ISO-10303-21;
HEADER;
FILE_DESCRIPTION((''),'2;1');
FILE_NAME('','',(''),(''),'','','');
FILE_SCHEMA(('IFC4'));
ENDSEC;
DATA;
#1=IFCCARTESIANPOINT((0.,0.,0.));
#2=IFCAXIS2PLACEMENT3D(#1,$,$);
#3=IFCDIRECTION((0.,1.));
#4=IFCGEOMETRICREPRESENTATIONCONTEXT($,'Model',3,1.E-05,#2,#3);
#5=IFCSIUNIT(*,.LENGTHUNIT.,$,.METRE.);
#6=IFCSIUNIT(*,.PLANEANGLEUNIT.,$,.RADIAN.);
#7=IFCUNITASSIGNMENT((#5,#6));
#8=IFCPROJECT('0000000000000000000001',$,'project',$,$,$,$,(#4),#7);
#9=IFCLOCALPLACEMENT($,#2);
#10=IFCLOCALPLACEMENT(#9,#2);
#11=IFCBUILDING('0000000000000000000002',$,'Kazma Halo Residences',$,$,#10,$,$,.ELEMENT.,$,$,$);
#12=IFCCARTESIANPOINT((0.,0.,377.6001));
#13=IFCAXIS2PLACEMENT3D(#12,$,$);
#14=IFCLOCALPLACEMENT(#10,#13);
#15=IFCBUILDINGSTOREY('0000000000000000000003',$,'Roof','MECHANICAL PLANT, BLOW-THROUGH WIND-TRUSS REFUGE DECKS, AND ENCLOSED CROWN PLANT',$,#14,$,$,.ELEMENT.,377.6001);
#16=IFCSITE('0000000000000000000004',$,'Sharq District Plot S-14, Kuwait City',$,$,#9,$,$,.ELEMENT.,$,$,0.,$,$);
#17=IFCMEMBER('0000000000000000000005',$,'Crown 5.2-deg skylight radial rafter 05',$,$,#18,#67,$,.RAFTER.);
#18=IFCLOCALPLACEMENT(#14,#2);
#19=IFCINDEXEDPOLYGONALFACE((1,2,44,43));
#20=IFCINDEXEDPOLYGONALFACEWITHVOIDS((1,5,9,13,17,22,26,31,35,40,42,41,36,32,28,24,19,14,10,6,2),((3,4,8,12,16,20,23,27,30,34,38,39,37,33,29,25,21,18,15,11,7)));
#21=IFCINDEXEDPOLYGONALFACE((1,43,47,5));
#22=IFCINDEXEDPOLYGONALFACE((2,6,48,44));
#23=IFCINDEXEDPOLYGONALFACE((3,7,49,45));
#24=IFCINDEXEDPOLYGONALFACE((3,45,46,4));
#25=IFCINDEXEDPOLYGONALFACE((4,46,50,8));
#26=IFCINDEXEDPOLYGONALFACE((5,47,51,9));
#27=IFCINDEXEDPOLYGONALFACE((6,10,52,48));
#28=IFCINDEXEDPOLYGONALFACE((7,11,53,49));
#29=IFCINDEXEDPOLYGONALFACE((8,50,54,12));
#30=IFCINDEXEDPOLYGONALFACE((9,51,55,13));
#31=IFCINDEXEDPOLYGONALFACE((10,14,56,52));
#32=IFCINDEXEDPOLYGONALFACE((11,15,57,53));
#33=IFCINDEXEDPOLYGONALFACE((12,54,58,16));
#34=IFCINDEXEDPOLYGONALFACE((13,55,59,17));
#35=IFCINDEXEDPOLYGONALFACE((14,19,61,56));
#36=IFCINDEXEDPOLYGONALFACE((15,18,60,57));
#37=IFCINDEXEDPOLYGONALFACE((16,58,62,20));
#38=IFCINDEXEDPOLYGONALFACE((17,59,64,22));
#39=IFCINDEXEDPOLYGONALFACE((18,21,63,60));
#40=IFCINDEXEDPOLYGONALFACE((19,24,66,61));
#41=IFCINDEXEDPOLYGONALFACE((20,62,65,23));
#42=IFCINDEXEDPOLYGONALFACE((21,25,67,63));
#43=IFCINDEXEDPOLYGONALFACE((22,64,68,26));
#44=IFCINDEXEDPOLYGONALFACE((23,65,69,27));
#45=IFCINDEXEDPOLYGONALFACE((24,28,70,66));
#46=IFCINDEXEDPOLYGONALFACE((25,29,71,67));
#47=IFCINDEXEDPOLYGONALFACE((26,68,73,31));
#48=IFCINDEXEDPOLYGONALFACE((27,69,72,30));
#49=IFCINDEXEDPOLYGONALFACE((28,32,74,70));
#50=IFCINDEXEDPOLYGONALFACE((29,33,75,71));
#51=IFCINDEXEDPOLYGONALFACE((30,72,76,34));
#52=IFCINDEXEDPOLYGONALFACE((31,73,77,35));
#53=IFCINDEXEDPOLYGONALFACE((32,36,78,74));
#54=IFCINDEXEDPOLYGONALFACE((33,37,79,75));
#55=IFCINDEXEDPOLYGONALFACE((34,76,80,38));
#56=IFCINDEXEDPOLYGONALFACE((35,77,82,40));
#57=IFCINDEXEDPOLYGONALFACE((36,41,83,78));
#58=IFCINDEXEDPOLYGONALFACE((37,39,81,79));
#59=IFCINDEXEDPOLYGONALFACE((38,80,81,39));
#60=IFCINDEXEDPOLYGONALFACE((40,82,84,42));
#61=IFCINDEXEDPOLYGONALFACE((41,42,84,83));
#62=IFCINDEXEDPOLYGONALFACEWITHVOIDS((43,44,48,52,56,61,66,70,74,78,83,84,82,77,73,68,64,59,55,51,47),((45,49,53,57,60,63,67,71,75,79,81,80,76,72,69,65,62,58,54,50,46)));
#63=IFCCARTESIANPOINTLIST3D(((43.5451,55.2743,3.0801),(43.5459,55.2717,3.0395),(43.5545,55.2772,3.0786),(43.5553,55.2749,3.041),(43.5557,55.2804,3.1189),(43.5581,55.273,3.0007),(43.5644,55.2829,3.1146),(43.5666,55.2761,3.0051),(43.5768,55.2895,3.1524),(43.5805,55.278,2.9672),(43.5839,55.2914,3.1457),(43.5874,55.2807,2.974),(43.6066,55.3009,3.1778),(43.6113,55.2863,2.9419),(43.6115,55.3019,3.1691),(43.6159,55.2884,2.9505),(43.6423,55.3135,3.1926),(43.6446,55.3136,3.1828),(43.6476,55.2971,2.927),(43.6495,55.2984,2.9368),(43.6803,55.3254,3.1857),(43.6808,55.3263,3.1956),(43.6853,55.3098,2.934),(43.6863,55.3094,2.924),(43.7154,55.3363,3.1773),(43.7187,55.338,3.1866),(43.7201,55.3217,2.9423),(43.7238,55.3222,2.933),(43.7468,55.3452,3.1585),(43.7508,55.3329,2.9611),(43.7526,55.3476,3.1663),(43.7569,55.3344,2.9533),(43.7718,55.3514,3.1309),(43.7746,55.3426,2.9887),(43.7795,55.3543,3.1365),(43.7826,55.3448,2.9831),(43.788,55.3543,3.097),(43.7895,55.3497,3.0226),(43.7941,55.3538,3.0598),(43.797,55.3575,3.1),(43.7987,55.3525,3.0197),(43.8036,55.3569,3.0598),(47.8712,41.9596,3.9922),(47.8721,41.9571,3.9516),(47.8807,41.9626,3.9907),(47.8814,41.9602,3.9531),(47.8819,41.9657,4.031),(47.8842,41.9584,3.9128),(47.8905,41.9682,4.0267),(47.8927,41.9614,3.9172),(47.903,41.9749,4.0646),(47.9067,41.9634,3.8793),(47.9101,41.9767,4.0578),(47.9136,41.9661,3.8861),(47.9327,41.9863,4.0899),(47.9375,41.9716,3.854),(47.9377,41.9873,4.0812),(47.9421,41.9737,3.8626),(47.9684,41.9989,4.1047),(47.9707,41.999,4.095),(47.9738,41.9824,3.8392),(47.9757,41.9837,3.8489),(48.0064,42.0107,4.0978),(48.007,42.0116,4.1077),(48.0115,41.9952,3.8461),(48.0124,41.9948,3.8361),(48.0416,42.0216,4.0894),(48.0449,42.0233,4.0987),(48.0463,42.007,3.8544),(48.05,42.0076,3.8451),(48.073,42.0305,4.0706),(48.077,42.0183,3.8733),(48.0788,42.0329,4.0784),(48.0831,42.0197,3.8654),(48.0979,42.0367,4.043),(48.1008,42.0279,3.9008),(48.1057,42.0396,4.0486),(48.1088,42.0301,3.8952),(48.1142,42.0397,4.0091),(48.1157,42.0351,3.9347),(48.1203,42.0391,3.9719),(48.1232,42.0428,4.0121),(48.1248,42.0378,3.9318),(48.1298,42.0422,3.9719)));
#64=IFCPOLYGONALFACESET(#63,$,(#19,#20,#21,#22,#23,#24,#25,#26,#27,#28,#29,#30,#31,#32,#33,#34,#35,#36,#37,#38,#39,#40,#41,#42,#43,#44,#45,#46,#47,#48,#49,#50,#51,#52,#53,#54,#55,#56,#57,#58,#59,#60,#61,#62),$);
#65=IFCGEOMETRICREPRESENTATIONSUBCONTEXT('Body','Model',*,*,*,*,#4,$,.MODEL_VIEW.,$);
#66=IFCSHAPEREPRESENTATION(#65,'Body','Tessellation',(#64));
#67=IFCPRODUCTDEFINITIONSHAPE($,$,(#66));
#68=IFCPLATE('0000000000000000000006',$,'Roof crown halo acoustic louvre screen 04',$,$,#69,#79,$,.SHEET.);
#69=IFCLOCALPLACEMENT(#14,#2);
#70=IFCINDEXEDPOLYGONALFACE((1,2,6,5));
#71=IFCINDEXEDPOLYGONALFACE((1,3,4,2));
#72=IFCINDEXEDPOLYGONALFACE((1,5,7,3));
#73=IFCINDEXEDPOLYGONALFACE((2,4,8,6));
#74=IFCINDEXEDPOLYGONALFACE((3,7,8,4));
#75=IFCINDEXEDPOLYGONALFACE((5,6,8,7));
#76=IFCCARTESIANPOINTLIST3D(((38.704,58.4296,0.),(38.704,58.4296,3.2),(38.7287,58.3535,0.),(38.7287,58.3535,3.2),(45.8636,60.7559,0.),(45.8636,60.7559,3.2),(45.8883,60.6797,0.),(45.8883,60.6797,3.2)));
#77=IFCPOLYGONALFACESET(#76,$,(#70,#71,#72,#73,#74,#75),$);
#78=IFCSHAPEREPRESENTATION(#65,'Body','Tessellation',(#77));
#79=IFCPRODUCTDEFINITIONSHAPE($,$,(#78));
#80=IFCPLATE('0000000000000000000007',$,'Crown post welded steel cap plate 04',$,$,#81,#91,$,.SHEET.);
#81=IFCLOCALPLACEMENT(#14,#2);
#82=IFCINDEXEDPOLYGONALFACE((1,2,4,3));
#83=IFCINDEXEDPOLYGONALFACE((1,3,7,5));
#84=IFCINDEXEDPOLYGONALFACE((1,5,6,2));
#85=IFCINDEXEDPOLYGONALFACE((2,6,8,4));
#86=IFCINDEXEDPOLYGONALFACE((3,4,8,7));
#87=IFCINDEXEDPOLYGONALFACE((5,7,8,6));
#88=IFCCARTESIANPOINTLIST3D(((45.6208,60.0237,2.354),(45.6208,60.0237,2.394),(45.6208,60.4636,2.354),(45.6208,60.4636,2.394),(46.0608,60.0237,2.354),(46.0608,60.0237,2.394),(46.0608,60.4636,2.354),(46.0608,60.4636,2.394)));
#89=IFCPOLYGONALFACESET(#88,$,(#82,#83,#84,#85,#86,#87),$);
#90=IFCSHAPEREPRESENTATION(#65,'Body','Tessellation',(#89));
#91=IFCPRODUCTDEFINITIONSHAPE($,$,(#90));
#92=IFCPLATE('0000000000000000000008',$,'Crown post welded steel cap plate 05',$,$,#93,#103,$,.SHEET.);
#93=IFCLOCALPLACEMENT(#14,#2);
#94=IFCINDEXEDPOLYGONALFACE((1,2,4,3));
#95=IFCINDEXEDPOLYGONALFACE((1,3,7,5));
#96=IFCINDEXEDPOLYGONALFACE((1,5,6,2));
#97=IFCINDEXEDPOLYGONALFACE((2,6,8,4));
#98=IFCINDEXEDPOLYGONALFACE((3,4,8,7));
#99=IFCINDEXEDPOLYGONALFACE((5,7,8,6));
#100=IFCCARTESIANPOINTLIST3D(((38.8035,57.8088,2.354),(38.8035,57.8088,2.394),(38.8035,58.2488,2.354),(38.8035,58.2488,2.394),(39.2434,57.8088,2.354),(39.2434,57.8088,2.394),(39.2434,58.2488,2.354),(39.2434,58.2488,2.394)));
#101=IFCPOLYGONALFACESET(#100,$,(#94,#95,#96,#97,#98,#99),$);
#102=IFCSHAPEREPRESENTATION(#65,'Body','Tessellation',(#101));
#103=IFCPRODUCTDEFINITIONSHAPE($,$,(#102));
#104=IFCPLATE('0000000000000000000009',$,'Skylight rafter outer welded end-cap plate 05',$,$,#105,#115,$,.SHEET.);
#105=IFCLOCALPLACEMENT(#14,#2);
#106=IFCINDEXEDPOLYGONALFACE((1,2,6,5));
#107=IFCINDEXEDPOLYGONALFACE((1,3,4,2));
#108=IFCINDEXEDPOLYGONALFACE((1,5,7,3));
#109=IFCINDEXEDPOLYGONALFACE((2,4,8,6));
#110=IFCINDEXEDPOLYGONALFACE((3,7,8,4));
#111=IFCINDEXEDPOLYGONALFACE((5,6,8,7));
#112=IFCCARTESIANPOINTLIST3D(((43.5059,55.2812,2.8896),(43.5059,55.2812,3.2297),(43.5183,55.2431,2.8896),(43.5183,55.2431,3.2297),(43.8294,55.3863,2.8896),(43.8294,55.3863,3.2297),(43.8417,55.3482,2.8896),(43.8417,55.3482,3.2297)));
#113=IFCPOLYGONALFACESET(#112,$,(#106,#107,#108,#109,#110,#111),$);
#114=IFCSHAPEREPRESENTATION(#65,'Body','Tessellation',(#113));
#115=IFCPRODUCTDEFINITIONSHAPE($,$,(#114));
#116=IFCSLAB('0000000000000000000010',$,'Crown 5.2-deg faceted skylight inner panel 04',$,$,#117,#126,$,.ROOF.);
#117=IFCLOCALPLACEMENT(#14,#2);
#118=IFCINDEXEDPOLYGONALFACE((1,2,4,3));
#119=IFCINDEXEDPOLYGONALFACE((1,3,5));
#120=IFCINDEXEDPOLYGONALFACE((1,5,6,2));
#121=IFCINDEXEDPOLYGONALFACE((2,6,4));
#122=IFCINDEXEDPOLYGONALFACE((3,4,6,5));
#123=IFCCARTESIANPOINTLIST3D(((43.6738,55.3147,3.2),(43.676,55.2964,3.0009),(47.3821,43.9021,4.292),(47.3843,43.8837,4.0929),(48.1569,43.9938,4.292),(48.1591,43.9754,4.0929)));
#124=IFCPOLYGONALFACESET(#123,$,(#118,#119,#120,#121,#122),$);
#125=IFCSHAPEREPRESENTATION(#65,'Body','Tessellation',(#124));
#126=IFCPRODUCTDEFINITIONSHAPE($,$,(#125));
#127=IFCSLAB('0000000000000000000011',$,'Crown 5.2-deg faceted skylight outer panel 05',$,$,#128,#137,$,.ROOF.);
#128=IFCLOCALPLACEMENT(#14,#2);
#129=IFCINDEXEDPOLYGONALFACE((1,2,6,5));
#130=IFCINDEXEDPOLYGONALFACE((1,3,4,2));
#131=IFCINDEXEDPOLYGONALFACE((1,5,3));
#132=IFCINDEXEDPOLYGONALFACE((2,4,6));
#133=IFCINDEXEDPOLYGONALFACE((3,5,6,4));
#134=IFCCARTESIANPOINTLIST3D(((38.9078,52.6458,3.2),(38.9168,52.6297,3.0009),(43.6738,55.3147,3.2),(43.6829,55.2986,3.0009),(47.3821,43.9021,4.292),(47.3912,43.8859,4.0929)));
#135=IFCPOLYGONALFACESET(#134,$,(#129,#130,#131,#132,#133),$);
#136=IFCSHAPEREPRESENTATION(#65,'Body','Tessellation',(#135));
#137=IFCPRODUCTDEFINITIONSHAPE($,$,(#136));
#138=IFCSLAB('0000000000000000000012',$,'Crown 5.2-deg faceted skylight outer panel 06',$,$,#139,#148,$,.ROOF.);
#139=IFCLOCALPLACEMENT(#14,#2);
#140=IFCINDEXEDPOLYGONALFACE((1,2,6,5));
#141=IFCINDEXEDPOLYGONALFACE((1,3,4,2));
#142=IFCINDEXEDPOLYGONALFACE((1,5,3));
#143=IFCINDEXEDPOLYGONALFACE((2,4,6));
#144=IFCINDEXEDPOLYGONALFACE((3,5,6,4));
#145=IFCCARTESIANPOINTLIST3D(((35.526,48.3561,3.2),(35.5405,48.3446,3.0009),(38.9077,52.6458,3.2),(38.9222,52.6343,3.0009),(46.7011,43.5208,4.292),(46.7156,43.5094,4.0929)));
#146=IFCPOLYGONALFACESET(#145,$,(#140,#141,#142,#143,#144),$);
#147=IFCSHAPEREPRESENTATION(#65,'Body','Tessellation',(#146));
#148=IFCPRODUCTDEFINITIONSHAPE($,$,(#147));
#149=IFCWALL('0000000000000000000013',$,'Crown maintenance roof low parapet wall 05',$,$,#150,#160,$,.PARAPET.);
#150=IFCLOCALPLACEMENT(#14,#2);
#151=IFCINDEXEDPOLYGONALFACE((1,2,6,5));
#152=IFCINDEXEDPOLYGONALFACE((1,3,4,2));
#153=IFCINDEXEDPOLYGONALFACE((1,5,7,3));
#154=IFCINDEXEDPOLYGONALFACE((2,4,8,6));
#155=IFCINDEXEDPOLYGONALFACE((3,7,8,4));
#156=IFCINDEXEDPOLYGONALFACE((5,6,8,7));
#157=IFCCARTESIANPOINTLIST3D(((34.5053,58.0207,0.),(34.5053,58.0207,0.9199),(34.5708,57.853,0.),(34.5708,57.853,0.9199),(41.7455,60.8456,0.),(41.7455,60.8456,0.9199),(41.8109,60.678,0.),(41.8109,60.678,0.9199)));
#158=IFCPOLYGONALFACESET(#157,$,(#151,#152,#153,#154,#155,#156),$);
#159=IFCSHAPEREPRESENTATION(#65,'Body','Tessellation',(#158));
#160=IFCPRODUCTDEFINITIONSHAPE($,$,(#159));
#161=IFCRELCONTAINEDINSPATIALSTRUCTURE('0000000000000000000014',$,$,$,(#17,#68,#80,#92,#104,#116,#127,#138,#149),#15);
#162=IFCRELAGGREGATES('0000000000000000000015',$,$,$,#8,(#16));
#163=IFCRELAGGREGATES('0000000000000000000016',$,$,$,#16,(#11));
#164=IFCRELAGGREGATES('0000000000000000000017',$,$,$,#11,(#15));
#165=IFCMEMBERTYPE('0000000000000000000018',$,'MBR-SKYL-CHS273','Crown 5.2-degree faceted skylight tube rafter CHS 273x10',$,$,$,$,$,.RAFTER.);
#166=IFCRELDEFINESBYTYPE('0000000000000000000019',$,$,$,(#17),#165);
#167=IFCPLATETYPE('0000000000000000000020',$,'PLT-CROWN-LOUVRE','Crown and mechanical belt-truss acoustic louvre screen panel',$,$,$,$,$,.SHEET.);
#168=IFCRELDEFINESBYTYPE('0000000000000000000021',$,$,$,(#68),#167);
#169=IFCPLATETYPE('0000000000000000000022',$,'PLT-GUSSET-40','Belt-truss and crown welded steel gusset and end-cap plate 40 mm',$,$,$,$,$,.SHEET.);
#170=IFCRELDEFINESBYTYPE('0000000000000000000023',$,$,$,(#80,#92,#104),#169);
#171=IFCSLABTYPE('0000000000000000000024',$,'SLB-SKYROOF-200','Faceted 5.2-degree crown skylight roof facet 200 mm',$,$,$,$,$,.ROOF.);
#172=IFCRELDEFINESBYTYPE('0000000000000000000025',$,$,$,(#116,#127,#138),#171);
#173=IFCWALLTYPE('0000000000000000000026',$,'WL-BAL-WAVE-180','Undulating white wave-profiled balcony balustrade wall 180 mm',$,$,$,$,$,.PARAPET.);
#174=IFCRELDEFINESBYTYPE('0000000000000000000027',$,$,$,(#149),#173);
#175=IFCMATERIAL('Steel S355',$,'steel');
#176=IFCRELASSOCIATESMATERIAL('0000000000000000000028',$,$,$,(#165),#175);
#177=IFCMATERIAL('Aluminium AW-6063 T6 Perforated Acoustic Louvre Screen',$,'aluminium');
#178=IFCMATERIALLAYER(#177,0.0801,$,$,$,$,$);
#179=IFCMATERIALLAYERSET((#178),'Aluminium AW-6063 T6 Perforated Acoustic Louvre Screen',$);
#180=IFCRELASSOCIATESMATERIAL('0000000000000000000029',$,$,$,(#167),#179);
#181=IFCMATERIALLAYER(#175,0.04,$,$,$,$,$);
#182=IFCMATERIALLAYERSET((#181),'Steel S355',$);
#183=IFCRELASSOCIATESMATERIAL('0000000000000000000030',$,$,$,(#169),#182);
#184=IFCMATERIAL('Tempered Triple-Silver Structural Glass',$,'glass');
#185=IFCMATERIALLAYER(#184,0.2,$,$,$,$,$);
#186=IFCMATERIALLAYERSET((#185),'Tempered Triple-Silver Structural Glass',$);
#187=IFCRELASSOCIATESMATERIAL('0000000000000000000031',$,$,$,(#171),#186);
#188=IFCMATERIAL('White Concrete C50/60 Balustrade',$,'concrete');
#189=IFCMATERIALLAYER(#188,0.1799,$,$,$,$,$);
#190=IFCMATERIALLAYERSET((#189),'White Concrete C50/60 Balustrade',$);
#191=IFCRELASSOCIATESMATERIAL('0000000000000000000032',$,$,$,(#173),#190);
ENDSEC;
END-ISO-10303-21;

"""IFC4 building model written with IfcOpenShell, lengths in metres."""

from ifc_helpers import new_model, si_unit, direction, frame, frame_2d, origin, origin_2d, place, context, subcontext, project, spatial, polyline, rectangle, hollow_circle, outline, extrude, material, layer, layer_set, material_profile, profile_set, type_object, element, save


model = new_model("IFC4")

# Units and contexts
model_context = context("Model", 3, precision=1e-05, world=origin(), true_north=direction((0.0, 1.0)))
body_context = subcontext(model_context, "Body", "Model", "MODEL_VIEW")
ifc_project = project(units=[si_unit("LENGTHUNIT", "METRE"), si_unit("PLANEANGLEUNIT", "RADIAN")], contexts=[model_context])

# Site, building, storey
site_placement = place(None, origin())
site = spatial("IfcSite", under=ifc_project, at=site_placement, Name="Sharq District Plot S-14, Kuwait City", CompositionType="ELEMENT", RefElevation=0.0)
building_placement = place(site_placement, origin())
building = spatial("IfcBuilding", under=site, at=building_placement, Name="Kazma Halo Residences", CompositionType="ELEMENT")
storey_placement = place(building_placement, frame((0.0, 0.0, 377.6001)))
storey = spatial("IfcBuildingStorey", under=building, at=storey_placement, Name="Roof", Description="MECHANICAL PLANT, BLOW-THROUGH WIND-TRUSS REFUGE DECKS, AND ENCLOSED CROWN PLANT", CompositionType="ELEMENT", Elevation=377.6001)

# Shared definitions
ifc_material_1 = material(Name="Steel S355", Category="steel")

# Member
ifc_material_profile_1 = material_profile(ifc_material_1, hollow_circle(Radius=0.1365, WallThickness=0.01, at=origin_2d()), Name="CHS273x10")
ifc_profile_set_1 = profile_set([ifc_material_profile_1], Name="Steel S355")
member_type_1 = type_object("IfcMemberType", Name="MBR-SKYL-CHS273", Description="Crown 5.2-degree faceted skylight tube rafter CHS 273x10", PredefinedType="RAFTER", material=ifc_profile_set_1)
member_1_placement = place(storey_placement, frame((43.6738, 55.3147, 3.0598), z_axis=(0.308361, -0.949045, 0.065013), x_axis=(0.951057, 0.309015, 0.0)))
element("IfcMember", 1, at=member_1_placement, inside=storey, type_object=member_type_1, Name="Crown 5.2-deg skylight radial rafter 05", PredefinedType="RAFTER", context=body_context, shape_type="SweptSolid", body=[
    extrude(hollow_circle(Radius=0.1365, WallThickness=0.01, at=origin_2d()), origin(), (0.0, 0.0, 1.0), 14.0295),
])

# Plates
ifc_material_2 = material(Name="Aluminium AW-6063 T6 Perforated Acoustic Louvre Screen", Category="aluminium")
ifc_layer_1 = layer(ifc_material_2, 0.0801)
ifc_layer_set_1 = layer_set([ifc_layer_1], Name="Aluminium AW-6063 T6 Perforated Acoustic Louvre Screen")
plate_type_1 = type_object("IfcPlateType", Name="PLT-CROWN-LOUVRE", Description="Crown and mechanical belt-truss acoustic louvre screen panel", PredefinedType="SHEET", material=ifc_layer_set_1)
plate_1_placement = place(storey_placement, frame((42.2961, 59.5547, 0.0), z_axis=(0.0, 0.0, 1.0), x_axis=(-0.951058, -0.309012, 0.0)))
element("IfcPlate", 2, at=plate_1_placement, inside=storey, type_object=plate_type_1, Name="Roof crown halo acoustic louvre screen 04", PredefinedType="SHEET", context=body_context, shape_type="SweptSolid", body=[
    extrude(rectangle(XDim=7.5281, YDim=0.0801, at=origin_2d()), origin(), (0.0, 0.0, 1.0), 3.2),
])
ifc_layer_2 = layer(ifc_material_1, 0.04)
ifc_layer_set_2 = layer_set([ifc_layer_2], Name="Steel S355")
plate_type_2 = type_object("IfcPlateType", Name="PLT-GUSSET-40", Description="Belt-truss and crown welded steel gusset and end-cap plate 40 mm", PredefinedType="SHEET", material=ifc_layer_set_2)
for number, where, z_axis, x_axis, name in (
    (3, (45.8408, 60.2437, 2.354), (0.0, 0.0, 1.0), (1.0, 0.0, 0.0), "Crown post welded steel cap plate 04"),
    (4, (39.0234, 58.0288, 2.354), (0.0, 0.0, 1.0), (1.0, 0.0, 0.0), "Crown post welded steel cap plate 05"),
):
    element("IfcPlate", number, at=place(storey_placement, frame(where, z_axis=z_axis, x_axis=x_axis)), inside=storey, type_object=plate_type_2, Name=name, PredefinedType="SHEET", context=body_context, shape_type="SweptSolid", body=[
        extrude(rectangle(XDim=0.4399, YDim=0.4399, at=origin_2d()), origin(), (0.0, 0.0, 1.0), 0.04),
    ])
plate_2_placement = place(storey_placement, frame((43.6738, 55.3147, 2.8896), z_axis=(0.0, 0.0, 1.0), x_axis=(-0.309017, 0.951057, 0.0)))
element("IfcPlate", 5, at=plate_2_placement, inside=storey, type_object=plate_type_2, Name="Skylight rafter outer welded end-cap plate 05", PredefinedType="SHEET", context=body_context, shape_type="SweptSolid", body=[
    extrude(rectangle(XDim=0.04, YDim=0.3401, at=origin_2d()), origin(), (0.0, 0.0, 1.0), 0.3401),
])

# Slabs
ifc_material_3 = material(Name="Tempered Triple-Silver Structural Glass", Category="glass")
ifc_layer_3 = layer(ifc_material_3, 0.2)
ifc_layer_set_3 = layer_set([ifc_layer_3], Name="Tempered Triple-Silver Structural Glass")
slab_type = type_object("IfcSlabType", Name="SLB-SKYROOF-200", Description="Faceted 5.2-degree crown skylight roof facet 200 mm", PredefinedType="ROOF", material=ifc_layer_set_3)
slab_1_placement = place(storey_placement, frame((43.6738, 55.3147, 3.2), z_axis=(-0.010869, 0.091747, 0.995723), x_axis=(0.307751, -0.947141, 0.090629)))
element("IfcSlab", 6, at=slab_1_placement, inside=storey, type_object=slab_type, Name="Crown 5.2-deg faceted skylight inner panel 04", PredefinedType="ROOF", context=body_context, shape_type="SweptSolid", body=[
    extrude(outline(polyline([(0.0, 0.0), (12.0496, 0.0), (12.2012, 0.7654), (0.0, 0.0)])), origin(), (0.0, 0.0, -1.0), 0.2),
])
slab_2_placement = place(storey_placement, frame((43.6738, 55.3147, 3.2), z_axis=(-0.045141, 0.080611, 0.995723), x_axis=(-0.872512, -0.488592, 0.0)))
element("IfcSlab", 7, at=slab_2_placement, inside=storey, type_object=slab_type, Name="Crown 5.2-deg faceted skylight outer panel 05", PredefinedType="ROOF", context=body_context, shape_type="SweptSolid", body=[
    extrude(outline(polyline([(0.0, 0.0), (5.4624, 0.0), (2.3406, 11.8201), (0.0, 0.0)])), origin(), (0.0, 0.0, -1.0), 0.2),
])
slab_3_placement = place(storey_placement, frame((38.9077, 52.6458, 3.2), z_axis=(-0.072554, 0.057197, 0.995723), x_axis=(-0.619098, -0.785314, 0.0)))
element("IfcSlab", 8, at=slab_3_placement, inside=storey, type_object=slab_type, Name="Crown 5.2-deg faceted skylight outer panel 06", PredefinedType="ROOF", context=body_context, shape_type="SweptSolid", body=[
    extrude(outline(polyline([(0.0, 0.0), (5.4624, 0.0), (2.3411, 11.8201), (0.0, 0.0)])), origin(), (0.0, 0.0, -1.0), 0.2),
])

# Wall
ifc_material_4 = material(Name="White Concrete C50/60 Balustrade", Category="concrete")
ifc_layer_4 = layer(ifc_material_4, 0.1799)
ifc_layer_set_4 = layer_set([ifc_layer_4], Name="White Concrete C50/60 Balustrade")
wall_type_1 = type_object("IfcWallType", Name="WL-BAL-WAVE-180", Description="Undulating white wave-profiled balcony balustrade wall 180 mm", PredefinedType="PARAPET", material=ifc_layer_set_4)
wall_1_placement = place(storey_placement, frame((41.7781, 60.7617, 0.0), z_axis=(0.0, 0.0, 1.0), x_axis=(-0.9316, -0.363486, 0.0)))
element("IfcWall", 9, at=wall_1_placement, inside=storey, type_object=wall_type_1, Name="Crown maintenance roof low parapet wall 05", PredefinedType="PARAPET", context=body_context, shape_type="SweptSolid", body=[
    extrude(rectangle(XDim=7.7717, YDim=0.1799, at=frame_2d((3.8857, 0.0))), origin(), (0.0, 0.0, 1.0), 0.9199),
])

save(model, "model.ifc")
